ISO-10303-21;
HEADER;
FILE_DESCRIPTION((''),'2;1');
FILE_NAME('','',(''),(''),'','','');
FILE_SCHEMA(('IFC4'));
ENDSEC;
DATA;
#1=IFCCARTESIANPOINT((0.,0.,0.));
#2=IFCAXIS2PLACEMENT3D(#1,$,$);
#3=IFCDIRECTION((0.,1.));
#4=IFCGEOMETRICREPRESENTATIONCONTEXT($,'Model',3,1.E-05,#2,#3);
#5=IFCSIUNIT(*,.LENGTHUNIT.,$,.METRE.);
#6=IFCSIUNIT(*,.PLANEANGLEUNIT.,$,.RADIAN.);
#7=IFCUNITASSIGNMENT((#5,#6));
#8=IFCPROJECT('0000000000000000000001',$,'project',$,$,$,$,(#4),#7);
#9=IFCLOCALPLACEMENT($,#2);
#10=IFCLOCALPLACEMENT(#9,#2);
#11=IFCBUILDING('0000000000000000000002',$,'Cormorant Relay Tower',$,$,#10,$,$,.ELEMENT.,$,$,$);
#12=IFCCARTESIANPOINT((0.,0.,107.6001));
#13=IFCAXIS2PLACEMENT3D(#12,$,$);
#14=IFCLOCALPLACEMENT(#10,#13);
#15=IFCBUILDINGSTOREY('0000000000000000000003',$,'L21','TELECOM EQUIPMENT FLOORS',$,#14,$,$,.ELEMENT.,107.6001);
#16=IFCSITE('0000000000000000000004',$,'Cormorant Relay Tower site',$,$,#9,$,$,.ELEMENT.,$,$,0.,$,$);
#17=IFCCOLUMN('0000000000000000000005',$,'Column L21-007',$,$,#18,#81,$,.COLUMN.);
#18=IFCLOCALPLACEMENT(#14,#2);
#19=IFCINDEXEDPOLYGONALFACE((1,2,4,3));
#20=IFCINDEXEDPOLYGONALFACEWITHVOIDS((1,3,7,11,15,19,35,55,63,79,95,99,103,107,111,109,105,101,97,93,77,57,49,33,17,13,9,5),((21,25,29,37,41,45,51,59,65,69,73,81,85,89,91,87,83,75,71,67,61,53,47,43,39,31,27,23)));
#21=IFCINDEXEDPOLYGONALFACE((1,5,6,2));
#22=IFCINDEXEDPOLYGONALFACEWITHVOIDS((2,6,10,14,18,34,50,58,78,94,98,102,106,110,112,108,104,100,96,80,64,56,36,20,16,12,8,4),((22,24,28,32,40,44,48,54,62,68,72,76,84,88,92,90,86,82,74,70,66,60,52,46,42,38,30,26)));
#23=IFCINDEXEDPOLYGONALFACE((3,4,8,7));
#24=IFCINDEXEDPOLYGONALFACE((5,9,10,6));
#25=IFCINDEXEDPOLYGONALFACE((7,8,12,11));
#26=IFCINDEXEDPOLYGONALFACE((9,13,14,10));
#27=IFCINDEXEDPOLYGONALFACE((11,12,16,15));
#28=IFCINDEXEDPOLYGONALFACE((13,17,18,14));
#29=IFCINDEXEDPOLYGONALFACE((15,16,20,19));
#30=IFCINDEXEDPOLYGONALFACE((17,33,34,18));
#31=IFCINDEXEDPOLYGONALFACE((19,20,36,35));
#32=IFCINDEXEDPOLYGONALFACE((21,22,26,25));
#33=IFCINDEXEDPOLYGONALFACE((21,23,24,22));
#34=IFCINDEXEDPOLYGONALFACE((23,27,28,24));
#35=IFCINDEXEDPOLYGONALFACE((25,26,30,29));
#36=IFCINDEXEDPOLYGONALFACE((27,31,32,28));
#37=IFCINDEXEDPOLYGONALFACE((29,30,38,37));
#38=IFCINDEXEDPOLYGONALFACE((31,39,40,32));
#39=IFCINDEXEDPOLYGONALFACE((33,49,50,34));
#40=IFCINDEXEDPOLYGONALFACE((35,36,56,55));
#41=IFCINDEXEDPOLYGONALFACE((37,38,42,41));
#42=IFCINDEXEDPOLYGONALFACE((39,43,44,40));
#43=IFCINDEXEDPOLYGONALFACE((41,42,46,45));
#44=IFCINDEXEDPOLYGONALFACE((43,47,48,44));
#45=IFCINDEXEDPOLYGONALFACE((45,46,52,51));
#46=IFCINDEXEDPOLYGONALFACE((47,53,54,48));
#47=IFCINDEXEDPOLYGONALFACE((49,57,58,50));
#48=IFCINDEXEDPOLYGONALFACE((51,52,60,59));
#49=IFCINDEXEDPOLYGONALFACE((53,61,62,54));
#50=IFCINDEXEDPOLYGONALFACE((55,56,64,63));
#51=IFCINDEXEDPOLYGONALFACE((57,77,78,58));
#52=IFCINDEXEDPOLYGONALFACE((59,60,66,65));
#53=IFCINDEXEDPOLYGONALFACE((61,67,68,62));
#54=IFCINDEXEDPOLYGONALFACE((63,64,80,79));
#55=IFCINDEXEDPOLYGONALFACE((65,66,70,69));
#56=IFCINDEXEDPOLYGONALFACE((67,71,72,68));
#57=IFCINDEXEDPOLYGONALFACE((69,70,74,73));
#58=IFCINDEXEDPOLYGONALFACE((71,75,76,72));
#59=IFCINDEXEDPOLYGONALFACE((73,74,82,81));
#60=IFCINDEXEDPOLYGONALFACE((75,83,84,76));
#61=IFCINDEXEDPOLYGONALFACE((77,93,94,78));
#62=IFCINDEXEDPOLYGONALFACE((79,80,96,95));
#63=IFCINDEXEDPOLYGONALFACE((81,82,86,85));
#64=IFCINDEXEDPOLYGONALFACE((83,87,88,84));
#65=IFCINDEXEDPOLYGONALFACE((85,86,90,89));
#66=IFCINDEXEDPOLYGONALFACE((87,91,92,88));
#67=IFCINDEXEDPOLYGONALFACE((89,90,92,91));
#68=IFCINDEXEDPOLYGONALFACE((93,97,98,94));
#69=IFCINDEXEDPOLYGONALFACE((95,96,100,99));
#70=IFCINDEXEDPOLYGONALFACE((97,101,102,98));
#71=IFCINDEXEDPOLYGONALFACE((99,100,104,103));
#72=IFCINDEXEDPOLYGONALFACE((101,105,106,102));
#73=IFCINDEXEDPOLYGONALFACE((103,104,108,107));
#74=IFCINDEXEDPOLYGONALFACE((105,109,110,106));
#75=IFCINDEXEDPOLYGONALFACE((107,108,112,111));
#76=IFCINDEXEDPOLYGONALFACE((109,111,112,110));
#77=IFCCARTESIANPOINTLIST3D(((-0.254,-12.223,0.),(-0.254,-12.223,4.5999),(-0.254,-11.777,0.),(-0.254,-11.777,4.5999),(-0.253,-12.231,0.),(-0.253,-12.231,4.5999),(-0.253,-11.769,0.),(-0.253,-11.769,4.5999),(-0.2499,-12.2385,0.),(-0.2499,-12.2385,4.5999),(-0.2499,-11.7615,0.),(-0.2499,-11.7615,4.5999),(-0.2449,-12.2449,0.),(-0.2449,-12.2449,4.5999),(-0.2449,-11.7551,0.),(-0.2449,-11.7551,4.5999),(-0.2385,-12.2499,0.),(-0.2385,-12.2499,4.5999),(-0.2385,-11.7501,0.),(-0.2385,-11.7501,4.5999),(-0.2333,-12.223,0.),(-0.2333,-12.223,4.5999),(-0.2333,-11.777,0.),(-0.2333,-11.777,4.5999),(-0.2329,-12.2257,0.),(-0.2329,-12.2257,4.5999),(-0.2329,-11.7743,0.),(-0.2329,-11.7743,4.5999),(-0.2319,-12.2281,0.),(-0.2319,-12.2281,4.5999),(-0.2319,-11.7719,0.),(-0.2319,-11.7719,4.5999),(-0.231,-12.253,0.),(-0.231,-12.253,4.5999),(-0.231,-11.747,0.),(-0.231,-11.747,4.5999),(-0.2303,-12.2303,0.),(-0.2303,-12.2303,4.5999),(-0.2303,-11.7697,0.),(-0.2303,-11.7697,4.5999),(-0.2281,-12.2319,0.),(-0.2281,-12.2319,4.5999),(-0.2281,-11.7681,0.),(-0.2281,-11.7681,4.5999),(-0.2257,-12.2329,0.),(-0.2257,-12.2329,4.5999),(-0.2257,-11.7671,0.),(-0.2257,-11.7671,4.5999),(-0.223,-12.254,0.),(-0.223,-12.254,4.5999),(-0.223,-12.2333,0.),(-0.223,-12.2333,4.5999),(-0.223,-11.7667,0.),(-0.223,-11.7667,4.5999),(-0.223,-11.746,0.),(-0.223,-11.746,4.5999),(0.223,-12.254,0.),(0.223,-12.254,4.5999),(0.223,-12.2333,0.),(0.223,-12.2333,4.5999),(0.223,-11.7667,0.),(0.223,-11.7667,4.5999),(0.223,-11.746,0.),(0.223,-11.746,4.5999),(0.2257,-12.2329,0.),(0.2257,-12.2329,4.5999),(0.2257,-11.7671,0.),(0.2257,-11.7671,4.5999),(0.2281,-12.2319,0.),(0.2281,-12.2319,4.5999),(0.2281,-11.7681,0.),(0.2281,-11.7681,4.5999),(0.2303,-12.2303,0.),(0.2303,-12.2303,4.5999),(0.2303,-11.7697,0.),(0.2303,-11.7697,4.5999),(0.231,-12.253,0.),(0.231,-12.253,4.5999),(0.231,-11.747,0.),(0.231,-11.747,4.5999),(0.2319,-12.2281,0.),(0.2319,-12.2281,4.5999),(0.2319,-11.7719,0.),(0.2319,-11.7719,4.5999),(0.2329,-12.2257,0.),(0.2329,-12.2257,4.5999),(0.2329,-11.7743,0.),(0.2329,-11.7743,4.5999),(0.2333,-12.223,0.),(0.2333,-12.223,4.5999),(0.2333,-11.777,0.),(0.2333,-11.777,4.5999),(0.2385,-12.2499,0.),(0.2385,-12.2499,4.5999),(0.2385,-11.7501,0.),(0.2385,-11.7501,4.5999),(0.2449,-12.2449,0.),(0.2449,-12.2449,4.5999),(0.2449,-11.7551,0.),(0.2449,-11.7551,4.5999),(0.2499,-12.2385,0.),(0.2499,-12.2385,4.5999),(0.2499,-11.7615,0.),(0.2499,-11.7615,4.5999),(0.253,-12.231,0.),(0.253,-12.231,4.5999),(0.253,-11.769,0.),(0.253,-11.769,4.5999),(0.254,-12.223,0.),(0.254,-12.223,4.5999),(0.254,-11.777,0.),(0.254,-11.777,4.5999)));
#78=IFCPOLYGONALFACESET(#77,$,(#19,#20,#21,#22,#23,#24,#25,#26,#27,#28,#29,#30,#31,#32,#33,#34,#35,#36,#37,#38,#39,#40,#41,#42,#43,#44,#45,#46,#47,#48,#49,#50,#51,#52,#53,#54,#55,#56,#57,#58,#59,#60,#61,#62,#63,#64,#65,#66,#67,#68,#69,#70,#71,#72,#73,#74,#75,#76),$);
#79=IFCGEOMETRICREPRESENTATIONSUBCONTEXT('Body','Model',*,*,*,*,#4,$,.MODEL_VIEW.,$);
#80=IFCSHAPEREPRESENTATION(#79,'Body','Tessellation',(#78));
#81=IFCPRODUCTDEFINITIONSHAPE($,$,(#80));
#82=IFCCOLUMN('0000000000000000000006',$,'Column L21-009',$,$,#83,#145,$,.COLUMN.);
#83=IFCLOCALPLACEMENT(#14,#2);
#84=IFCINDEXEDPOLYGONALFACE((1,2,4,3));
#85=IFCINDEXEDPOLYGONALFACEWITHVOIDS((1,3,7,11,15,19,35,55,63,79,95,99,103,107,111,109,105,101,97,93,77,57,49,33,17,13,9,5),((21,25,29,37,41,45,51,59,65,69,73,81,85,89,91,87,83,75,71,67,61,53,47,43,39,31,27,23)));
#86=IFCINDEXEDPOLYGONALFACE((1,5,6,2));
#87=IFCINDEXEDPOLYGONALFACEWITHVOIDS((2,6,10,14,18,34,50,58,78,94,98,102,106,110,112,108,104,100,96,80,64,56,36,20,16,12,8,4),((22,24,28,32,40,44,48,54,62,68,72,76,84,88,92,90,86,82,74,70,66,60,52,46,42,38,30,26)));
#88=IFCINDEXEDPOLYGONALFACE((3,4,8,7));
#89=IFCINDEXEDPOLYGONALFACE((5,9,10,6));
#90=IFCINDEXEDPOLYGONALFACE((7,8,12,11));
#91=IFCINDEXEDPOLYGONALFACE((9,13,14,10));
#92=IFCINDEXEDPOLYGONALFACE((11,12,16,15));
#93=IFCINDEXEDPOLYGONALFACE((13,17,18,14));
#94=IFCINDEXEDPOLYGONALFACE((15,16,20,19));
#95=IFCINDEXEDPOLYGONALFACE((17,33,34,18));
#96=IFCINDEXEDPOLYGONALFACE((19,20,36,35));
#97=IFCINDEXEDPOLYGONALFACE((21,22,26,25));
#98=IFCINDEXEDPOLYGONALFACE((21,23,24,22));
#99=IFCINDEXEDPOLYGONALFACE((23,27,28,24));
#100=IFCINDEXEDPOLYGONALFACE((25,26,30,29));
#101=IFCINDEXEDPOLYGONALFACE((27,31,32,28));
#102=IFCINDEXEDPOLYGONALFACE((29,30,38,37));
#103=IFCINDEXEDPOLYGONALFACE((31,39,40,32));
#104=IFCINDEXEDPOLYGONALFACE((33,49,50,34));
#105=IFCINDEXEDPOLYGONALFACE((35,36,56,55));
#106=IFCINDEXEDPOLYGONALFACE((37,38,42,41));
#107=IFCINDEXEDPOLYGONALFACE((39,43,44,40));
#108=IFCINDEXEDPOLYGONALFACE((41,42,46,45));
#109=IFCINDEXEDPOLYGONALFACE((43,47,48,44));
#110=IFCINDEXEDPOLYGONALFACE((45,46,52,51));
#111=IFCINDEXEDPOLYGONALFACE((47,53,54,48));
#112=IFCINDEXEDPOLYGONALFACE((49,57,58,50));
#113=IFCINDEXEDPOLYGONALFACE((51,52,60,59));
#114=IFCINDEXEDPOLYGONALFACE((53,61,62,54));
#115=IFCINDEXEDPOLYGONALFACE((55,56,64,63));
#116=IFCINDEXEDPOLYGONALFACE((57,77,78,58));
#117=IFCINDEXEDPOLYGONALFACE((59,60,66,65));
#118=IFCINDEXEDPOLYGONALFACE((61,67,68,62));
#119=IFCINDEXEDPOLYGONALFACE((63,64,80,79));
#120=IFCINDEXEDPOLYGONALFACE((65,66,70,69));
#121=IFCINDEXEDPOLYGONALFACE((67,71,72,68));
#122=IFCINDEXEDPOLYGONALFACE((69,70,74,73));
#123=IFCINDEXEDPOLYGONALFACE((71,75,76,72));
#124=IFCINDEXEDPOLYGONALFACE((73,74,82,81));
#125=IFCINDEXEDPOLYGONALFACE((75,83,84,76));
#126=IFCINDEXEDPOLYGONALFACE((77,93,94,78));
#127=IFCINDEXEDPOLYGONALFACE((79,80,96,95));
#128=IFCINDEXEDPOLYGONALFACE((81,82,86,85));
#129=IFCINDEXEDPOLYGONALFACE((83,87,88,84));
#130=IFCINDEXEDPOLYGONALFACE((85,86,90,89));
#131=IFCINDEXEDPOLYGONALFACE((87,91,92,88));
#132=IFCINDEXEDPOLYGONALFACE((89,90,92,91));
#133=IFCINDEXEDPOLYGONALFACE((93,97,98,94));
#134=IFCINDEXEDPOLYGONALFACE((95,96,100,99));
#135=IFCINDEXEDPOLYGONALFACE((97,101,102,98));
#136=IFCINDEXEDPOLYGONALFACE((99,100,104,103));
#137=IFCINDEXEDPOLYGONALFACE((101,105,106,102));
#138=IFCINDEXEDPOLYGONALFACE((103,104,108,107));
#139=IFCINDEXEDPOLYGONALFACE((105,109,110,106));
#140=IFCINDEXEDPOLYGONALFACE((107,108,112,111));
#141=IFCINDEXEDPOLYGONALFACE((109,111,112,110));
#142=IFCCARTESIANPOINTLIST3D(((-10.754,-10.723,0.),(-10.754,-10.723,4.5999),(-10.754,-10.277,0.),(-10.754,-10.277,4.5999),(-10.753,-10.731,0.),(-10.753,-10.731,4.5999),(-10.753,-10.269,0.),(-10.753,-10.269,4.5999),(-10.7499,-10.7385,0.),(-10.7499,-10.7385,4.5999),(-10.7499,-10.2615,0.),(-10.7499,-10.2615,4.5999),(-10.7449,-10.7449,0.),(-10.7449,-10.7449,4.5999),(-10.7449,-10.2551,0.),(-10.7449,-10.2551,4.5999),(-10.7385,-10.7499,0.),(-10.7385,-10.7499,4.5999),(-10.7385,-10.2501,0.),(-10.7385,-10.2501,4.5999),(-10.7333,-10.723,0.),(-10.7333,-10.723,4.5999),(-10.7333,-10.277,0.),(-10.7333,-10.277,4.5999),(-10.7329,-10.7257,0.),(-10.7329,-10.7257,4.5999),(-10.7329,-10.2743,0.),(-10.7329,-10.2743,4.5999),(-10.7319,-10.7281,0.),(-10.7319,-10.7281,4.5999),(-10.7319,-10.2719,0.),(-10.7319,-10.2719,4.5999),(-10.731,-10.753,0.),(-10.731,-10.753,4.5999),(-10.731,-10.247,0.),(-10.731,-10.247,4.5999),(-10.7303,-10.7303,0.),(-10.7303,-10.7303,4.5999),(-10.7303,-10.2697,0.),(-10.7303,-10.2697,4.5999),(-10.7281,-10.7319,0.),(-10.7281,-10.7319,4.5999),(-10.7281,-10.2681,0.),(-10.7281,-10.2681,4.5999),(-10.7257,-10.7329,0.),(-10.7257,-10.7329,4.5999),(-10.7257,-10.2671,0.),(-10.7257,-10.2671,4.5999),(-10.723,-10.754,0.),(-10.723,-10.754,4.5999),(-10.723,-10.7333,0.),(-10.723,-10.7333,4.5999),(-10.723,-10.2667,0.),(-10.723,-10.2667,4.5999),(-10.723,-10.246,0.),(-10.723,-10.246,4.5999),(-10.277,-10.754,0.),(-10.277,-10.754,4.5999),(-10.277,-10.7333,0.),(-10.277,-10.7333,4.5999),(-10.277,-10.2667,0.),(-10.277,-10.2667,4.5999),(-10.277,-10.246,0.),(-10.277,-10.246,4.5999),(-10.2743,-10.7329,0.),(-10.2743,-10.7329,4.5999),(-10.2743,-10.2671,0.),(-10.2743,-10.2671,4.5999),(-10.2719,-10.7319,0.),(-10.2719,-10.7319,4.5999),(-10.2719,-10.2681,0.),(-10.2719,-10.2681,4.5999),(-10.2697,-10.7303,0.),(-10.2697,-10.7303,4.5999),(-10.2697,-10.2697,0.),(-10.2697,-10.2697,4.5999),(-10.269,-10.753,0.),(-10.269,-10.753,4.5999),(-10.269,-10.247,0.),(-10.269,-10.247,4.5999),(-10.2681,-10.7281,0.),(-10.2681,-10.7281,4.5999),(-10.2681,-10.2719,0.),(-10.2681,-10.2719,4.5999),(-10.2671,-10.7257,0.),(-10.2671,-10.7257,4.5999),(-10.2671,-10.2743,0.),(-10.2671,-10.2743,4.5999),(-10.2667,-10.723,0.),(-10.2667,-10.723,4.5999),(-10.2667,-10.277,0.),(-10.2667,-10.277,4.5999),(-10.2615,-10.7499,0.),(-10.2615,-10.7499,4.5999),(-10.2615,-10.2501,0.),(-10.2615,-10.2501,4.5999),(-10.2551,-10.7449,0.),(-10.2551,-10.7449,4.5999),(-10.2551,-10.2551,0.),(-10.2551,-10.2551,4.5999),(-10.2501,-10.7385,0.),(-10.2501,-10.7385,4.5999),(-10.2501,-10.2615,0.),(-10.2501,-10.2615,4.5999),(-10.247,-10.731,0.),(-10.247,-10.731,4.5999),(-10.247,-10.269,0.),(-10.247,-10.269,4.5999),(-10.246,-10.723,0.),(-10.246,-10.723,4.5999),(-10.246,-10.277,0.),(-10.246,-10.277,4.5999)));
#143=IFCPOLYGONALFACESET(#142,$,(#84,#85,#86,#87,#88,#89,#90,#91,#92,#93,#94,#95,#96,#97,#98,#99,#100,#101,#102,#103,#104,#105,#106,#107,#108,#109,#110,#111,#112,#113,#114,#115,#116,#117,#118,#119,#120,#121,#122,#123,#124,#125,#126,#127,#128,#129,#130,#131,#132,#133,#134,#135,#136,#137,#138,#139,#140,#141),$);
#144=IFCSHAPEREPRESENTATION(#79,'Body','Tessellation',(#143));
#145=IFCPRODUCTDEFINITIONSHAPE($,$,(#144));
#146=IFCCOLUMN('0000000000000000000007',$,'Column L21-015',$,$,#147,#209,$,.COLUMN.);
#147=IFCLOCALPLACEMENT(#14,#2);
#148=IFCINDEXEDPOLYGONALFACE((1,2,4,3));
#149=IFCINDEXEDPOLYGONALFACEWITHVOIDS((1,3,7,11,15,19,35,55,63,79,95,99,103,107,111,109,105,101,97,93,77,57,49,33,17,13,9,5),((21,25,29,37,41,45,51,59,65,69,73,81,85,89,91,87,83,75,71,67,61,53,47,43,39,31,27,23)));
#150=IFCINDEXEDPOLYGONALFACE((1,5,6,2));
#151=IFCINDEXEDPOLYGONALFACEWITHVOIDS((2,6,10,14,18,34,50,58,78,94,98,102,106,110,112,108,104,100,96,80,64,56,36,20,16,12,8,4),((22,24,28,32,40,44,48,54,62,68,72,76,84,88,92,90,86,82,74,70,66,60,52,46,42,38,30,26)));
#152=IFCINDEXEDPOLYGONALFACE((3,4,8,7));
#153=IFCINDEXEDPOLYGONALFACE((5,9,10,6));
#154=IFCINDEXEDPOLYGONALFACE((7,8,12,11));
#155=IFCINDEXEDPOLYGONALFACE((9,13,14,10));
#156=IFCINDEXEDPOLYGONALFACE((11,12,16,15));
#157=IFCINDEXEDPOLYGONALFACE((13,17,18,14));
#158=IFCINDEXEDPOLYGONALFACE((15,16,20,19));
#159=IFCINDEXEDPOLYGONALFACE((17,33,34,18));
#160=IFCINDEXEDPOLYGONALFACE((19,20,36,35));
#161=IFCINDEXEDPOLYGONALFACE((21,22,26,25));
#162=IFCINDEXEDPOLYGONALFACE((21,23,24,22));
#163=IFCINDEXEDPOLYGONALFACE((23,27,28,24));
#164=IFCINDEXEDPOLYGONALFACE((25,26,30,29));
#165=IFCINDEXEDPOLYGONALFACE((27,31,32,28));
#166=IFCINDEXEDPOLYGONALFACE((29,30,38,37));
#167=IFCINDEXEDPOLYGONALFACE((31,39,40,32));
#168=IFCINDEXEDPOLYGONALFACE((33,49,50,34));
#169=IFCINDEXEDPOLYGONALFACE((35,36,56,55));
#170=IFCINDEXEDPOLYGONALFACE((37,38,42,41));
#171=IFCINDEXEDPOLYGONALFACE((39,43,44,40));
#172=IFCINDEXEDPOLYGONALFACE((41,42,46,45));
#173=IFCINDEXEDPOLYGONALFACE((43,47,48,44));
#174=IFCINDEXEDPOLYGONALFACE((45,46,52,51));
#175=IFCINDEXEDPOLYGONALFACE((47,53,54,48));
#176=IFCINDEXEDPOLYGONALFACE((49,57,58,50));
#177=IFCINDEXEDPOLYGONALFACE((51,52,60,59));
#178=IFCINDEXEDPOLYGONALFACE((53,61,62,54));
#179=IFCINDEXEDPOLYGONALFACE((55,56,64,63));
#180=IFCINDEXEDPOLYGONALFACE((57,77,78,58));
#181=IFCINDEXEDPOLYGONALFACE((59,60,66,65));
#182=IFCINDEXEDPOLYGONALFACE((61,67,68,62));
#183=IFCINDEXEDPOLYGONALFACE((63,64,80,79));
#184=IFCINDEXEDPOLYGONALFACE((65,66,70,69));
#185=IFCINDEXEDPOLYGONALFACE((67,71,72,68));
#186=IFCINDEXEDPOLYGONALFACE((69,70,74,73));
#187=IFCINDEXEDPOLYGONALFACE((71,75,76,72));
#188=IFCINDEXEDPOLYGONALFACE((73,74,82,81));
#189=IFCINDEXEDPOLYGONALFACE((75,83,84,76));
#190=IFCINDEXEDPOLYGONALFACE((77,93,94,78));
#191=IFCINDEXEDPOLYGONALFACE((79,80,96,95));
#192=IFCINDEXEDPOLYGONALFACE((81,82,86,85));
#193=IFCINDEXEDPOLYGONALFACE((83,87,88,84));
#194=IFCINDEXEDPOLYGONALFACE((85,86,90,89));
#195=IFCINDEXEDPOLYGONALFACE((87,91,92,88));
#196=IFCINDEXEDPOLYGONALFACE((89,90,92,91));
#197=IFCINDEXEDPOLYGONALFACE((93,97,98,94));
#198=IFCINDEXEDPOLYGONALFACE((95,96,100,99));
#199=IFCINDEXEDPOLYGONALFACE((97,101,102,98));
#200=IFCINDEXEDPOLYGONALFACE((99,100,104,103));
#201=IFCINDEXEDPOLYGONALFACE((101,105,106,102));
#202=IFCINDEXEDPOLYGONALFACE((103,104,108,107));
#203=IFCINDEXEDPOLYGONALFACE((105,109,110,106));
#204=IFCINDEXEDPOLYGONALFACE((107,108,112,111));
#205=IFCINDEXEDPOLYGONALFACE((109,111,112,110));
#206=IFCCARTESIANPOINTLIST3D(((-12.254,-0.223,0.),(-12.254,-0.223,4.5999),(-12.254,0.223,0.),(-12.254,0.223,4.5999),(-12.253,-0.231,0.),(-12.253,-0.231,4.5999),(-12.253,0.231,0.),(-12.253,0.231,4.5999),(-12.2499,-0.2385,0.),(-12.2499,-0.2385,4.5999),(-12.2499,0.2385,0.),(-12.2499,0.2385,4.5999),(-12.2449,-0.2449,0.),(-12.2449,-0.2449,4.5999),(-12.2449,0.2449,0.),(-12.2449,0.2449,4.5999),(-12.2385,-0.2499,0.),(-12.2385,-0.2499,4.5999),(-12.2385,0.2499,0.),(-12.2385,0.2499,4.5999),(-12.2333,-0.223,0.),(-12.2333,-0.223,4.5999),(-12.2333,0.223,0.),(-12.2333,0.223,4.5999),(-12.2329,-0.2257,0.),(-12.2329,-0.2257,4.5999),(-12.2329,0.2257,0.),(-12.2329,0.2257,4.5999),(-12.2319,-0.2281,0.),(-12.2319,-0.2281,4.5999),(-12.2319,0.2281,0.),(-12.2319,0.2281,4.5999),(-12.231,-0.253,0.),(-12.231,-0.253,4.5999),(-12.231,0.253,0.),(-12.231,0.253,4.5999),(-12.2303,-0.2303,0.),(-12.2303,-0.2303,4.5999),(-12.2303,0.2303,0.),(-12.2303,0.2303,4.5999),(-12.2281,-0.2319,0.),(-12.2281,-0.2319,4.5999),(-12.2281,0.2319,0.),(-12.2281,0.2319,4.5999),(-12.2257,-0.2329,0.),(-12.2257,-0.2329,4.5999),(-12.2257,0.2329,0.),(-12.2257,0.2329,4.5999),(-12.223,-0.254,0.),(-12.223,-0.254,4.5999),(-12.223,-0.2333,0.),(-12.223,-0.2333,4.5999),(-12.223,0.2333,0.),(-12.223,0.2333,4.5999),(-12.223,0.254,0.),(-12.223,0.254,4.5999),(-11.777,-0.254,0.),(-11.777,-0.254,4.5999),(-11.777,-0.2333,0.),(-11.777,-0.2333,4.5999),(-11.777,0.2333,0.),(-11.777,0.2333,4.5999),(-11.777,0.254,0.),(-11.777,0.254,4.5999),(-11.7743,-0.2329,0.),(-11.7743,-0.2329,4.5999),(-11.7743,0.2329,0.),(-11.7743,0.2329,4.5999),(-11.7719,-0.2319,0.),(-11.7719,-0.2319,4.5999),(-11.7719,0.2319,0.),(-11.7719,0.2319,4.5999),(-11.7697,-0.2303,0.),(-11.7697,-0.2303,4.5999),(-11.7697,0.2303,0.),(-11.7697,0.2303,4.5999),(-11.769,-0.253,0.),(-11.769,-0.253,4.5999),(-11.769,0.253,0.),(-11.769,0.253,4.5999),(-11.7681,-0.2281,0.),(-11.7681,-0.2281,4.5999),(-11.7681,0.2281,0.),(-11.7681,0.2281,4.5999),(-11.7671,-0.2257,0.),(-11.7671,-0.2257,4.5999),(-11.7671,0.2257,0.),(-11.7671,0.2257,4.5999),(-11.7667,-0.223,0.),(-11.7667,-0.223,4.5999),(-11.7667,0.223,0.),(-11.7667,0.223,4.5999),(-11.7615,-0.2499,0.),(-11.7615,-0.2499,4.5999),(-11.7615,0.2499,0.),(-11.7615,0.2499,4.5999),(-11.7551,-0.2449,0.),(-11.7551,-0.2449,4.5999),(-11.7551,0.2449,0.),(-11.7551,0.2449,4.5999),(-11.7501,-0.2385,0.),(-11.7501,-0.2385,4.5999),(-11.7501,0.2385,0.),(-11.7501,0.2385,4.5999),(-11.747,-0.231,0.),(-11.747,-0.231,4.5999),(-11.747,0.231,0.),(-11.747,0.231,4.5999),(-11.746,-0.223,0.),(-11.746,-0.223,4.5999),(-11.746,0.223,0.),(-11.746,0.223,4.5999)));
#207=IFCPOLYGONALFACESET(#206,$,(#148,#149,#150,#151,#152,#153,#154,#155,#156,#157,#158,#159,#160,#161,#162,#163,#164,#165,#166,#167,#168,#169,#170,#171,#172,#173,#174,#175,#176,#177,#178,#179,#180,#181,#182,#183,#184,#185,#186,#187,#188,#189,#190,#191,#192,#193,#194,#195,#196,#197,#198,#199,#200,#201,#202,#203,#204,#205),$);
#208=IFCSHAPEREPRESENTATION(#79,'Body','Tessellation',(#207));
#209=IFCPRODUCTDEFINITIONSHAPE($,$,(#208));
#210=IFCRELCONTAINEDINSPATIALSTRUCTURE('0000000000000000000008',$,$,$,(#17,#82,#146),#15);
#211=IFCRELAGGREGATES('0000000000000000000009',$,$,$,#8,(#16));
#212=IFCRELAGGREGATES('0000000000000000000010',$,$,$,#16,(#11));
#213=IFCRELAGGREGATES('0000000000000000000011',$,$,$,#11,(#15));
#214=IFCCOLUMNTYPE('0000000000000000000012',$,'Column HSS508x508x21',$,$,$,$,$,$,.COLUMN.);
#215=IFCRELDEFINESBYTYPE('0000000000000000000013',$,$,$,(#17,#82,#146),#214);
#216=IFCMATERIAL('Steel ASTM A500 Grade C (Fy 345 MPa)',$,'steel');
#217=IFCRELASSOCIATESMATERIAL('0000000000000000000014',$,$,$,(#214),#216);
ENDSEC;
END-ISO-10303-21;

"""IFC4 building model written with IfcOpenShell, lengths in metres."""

from ifc_helpers import new_model, si_unit, direction, frame, origin, origin_2d, place, context, subcontext, project, spatial, hollow_rectangle, extrude, material, material_profile, profile_set, type_object, element, save


model = new_model("IFC4")

# Units and contexts
model_context = context("Model", 3, precision=1e-05, world=origin(), true_north=direction((0.0, 1.0)))
body_context = subcontext(model_context, "Body", "Model", "MODEL_VIEW")
ifc_project = project(units=[si_unit("LENGTHUNIT", "METRE"), si_unit("PLANEANGLEUNIT", "RADIAN")], contexts=[model_context])

# Site, building, storey
site_placement = place(None, origin())
site = spatial("IfcSite", under=ifc_project, at=site_placement, Name="Cormorant Relay Tower site", CompositionType="ELEMENT", RefElevation=0.0)
building_placement = place(site_placement, origin())
building = spatial("IfcBuilding", under=site, at=building_placement, Name="Cormorant Relay Tower", CompositionType="ELEMENT")
storey_placement = place(building_placement, frame((0.0, 0.0, 107.6001)))
storey = spatial("IfcBuildingStorey", under=building, at=storey_placement, Name="L21", Description="TELECOM EQUIPMENT FLOORS", CompositionType="ELEMENT", Elevation=107.6001)

# Columns
ifc_material_1 = material(Name="Steel ASTM A500 Grade C (Fy 345 MPa)", Category="steel")
ifc_material_profile_1 = material_profile(ifc_material_1, hollow_rectangle(XDim=0.5081, YDim=0.5081, WallThickness=0.0208, InnerFilletRadius=0.0103, OuterFilletRadius=0.031, at=origin_2d()), Name="HSS508x508x21")
ifc_profile_set_1 = profile_set([ifc_material_profile_1], Name="Steel ASTM A500 Grade C (Fy 345 MPa)")
column_type = type_object("IfcColumnType", Name="Column HSS508x508x21", PredefinedType="COLUMN", material=ifc_profile_set_1)
for number, where, z_axis, x_axis, name in (
    (1, (0.0, -12.0, 0.0), (0.0, 0.0, 1.0), (1.0, 0.0, 0.0), "Column L21-007"),
    (2, (-10.5, -10.5, 0.0), (0.0, 0.0, 1.0), (1.0, 0.0, 0.0), "Column L21-009"),
    (3, (-12.0, 0.0, 0.0), (0.0, 0.0, 1.0), (1.0, 0.0, 0.0), "Column L21-015"),
):
    element("IfcColumn", number, at=place(storey_placement, frame(where, z_axis=z_axis, x_axis=x_axis)), inside=storey, type_object=column_type, Name=name, PredefinedType="COLUMN", context=body_context, shape_type="SweptSolid", body=[
        extrude(hollow_rectangle(XDim=0.5081, YDim=0.5081, WallThickness=0.0208, InnerFilletRadius=0.0103, OuterFilletRadius=0.031, at=origin_2d()), origin(), (0.0, 0.0, 1.0), 4.5999),
    ])

save(model, "model.ifc")
